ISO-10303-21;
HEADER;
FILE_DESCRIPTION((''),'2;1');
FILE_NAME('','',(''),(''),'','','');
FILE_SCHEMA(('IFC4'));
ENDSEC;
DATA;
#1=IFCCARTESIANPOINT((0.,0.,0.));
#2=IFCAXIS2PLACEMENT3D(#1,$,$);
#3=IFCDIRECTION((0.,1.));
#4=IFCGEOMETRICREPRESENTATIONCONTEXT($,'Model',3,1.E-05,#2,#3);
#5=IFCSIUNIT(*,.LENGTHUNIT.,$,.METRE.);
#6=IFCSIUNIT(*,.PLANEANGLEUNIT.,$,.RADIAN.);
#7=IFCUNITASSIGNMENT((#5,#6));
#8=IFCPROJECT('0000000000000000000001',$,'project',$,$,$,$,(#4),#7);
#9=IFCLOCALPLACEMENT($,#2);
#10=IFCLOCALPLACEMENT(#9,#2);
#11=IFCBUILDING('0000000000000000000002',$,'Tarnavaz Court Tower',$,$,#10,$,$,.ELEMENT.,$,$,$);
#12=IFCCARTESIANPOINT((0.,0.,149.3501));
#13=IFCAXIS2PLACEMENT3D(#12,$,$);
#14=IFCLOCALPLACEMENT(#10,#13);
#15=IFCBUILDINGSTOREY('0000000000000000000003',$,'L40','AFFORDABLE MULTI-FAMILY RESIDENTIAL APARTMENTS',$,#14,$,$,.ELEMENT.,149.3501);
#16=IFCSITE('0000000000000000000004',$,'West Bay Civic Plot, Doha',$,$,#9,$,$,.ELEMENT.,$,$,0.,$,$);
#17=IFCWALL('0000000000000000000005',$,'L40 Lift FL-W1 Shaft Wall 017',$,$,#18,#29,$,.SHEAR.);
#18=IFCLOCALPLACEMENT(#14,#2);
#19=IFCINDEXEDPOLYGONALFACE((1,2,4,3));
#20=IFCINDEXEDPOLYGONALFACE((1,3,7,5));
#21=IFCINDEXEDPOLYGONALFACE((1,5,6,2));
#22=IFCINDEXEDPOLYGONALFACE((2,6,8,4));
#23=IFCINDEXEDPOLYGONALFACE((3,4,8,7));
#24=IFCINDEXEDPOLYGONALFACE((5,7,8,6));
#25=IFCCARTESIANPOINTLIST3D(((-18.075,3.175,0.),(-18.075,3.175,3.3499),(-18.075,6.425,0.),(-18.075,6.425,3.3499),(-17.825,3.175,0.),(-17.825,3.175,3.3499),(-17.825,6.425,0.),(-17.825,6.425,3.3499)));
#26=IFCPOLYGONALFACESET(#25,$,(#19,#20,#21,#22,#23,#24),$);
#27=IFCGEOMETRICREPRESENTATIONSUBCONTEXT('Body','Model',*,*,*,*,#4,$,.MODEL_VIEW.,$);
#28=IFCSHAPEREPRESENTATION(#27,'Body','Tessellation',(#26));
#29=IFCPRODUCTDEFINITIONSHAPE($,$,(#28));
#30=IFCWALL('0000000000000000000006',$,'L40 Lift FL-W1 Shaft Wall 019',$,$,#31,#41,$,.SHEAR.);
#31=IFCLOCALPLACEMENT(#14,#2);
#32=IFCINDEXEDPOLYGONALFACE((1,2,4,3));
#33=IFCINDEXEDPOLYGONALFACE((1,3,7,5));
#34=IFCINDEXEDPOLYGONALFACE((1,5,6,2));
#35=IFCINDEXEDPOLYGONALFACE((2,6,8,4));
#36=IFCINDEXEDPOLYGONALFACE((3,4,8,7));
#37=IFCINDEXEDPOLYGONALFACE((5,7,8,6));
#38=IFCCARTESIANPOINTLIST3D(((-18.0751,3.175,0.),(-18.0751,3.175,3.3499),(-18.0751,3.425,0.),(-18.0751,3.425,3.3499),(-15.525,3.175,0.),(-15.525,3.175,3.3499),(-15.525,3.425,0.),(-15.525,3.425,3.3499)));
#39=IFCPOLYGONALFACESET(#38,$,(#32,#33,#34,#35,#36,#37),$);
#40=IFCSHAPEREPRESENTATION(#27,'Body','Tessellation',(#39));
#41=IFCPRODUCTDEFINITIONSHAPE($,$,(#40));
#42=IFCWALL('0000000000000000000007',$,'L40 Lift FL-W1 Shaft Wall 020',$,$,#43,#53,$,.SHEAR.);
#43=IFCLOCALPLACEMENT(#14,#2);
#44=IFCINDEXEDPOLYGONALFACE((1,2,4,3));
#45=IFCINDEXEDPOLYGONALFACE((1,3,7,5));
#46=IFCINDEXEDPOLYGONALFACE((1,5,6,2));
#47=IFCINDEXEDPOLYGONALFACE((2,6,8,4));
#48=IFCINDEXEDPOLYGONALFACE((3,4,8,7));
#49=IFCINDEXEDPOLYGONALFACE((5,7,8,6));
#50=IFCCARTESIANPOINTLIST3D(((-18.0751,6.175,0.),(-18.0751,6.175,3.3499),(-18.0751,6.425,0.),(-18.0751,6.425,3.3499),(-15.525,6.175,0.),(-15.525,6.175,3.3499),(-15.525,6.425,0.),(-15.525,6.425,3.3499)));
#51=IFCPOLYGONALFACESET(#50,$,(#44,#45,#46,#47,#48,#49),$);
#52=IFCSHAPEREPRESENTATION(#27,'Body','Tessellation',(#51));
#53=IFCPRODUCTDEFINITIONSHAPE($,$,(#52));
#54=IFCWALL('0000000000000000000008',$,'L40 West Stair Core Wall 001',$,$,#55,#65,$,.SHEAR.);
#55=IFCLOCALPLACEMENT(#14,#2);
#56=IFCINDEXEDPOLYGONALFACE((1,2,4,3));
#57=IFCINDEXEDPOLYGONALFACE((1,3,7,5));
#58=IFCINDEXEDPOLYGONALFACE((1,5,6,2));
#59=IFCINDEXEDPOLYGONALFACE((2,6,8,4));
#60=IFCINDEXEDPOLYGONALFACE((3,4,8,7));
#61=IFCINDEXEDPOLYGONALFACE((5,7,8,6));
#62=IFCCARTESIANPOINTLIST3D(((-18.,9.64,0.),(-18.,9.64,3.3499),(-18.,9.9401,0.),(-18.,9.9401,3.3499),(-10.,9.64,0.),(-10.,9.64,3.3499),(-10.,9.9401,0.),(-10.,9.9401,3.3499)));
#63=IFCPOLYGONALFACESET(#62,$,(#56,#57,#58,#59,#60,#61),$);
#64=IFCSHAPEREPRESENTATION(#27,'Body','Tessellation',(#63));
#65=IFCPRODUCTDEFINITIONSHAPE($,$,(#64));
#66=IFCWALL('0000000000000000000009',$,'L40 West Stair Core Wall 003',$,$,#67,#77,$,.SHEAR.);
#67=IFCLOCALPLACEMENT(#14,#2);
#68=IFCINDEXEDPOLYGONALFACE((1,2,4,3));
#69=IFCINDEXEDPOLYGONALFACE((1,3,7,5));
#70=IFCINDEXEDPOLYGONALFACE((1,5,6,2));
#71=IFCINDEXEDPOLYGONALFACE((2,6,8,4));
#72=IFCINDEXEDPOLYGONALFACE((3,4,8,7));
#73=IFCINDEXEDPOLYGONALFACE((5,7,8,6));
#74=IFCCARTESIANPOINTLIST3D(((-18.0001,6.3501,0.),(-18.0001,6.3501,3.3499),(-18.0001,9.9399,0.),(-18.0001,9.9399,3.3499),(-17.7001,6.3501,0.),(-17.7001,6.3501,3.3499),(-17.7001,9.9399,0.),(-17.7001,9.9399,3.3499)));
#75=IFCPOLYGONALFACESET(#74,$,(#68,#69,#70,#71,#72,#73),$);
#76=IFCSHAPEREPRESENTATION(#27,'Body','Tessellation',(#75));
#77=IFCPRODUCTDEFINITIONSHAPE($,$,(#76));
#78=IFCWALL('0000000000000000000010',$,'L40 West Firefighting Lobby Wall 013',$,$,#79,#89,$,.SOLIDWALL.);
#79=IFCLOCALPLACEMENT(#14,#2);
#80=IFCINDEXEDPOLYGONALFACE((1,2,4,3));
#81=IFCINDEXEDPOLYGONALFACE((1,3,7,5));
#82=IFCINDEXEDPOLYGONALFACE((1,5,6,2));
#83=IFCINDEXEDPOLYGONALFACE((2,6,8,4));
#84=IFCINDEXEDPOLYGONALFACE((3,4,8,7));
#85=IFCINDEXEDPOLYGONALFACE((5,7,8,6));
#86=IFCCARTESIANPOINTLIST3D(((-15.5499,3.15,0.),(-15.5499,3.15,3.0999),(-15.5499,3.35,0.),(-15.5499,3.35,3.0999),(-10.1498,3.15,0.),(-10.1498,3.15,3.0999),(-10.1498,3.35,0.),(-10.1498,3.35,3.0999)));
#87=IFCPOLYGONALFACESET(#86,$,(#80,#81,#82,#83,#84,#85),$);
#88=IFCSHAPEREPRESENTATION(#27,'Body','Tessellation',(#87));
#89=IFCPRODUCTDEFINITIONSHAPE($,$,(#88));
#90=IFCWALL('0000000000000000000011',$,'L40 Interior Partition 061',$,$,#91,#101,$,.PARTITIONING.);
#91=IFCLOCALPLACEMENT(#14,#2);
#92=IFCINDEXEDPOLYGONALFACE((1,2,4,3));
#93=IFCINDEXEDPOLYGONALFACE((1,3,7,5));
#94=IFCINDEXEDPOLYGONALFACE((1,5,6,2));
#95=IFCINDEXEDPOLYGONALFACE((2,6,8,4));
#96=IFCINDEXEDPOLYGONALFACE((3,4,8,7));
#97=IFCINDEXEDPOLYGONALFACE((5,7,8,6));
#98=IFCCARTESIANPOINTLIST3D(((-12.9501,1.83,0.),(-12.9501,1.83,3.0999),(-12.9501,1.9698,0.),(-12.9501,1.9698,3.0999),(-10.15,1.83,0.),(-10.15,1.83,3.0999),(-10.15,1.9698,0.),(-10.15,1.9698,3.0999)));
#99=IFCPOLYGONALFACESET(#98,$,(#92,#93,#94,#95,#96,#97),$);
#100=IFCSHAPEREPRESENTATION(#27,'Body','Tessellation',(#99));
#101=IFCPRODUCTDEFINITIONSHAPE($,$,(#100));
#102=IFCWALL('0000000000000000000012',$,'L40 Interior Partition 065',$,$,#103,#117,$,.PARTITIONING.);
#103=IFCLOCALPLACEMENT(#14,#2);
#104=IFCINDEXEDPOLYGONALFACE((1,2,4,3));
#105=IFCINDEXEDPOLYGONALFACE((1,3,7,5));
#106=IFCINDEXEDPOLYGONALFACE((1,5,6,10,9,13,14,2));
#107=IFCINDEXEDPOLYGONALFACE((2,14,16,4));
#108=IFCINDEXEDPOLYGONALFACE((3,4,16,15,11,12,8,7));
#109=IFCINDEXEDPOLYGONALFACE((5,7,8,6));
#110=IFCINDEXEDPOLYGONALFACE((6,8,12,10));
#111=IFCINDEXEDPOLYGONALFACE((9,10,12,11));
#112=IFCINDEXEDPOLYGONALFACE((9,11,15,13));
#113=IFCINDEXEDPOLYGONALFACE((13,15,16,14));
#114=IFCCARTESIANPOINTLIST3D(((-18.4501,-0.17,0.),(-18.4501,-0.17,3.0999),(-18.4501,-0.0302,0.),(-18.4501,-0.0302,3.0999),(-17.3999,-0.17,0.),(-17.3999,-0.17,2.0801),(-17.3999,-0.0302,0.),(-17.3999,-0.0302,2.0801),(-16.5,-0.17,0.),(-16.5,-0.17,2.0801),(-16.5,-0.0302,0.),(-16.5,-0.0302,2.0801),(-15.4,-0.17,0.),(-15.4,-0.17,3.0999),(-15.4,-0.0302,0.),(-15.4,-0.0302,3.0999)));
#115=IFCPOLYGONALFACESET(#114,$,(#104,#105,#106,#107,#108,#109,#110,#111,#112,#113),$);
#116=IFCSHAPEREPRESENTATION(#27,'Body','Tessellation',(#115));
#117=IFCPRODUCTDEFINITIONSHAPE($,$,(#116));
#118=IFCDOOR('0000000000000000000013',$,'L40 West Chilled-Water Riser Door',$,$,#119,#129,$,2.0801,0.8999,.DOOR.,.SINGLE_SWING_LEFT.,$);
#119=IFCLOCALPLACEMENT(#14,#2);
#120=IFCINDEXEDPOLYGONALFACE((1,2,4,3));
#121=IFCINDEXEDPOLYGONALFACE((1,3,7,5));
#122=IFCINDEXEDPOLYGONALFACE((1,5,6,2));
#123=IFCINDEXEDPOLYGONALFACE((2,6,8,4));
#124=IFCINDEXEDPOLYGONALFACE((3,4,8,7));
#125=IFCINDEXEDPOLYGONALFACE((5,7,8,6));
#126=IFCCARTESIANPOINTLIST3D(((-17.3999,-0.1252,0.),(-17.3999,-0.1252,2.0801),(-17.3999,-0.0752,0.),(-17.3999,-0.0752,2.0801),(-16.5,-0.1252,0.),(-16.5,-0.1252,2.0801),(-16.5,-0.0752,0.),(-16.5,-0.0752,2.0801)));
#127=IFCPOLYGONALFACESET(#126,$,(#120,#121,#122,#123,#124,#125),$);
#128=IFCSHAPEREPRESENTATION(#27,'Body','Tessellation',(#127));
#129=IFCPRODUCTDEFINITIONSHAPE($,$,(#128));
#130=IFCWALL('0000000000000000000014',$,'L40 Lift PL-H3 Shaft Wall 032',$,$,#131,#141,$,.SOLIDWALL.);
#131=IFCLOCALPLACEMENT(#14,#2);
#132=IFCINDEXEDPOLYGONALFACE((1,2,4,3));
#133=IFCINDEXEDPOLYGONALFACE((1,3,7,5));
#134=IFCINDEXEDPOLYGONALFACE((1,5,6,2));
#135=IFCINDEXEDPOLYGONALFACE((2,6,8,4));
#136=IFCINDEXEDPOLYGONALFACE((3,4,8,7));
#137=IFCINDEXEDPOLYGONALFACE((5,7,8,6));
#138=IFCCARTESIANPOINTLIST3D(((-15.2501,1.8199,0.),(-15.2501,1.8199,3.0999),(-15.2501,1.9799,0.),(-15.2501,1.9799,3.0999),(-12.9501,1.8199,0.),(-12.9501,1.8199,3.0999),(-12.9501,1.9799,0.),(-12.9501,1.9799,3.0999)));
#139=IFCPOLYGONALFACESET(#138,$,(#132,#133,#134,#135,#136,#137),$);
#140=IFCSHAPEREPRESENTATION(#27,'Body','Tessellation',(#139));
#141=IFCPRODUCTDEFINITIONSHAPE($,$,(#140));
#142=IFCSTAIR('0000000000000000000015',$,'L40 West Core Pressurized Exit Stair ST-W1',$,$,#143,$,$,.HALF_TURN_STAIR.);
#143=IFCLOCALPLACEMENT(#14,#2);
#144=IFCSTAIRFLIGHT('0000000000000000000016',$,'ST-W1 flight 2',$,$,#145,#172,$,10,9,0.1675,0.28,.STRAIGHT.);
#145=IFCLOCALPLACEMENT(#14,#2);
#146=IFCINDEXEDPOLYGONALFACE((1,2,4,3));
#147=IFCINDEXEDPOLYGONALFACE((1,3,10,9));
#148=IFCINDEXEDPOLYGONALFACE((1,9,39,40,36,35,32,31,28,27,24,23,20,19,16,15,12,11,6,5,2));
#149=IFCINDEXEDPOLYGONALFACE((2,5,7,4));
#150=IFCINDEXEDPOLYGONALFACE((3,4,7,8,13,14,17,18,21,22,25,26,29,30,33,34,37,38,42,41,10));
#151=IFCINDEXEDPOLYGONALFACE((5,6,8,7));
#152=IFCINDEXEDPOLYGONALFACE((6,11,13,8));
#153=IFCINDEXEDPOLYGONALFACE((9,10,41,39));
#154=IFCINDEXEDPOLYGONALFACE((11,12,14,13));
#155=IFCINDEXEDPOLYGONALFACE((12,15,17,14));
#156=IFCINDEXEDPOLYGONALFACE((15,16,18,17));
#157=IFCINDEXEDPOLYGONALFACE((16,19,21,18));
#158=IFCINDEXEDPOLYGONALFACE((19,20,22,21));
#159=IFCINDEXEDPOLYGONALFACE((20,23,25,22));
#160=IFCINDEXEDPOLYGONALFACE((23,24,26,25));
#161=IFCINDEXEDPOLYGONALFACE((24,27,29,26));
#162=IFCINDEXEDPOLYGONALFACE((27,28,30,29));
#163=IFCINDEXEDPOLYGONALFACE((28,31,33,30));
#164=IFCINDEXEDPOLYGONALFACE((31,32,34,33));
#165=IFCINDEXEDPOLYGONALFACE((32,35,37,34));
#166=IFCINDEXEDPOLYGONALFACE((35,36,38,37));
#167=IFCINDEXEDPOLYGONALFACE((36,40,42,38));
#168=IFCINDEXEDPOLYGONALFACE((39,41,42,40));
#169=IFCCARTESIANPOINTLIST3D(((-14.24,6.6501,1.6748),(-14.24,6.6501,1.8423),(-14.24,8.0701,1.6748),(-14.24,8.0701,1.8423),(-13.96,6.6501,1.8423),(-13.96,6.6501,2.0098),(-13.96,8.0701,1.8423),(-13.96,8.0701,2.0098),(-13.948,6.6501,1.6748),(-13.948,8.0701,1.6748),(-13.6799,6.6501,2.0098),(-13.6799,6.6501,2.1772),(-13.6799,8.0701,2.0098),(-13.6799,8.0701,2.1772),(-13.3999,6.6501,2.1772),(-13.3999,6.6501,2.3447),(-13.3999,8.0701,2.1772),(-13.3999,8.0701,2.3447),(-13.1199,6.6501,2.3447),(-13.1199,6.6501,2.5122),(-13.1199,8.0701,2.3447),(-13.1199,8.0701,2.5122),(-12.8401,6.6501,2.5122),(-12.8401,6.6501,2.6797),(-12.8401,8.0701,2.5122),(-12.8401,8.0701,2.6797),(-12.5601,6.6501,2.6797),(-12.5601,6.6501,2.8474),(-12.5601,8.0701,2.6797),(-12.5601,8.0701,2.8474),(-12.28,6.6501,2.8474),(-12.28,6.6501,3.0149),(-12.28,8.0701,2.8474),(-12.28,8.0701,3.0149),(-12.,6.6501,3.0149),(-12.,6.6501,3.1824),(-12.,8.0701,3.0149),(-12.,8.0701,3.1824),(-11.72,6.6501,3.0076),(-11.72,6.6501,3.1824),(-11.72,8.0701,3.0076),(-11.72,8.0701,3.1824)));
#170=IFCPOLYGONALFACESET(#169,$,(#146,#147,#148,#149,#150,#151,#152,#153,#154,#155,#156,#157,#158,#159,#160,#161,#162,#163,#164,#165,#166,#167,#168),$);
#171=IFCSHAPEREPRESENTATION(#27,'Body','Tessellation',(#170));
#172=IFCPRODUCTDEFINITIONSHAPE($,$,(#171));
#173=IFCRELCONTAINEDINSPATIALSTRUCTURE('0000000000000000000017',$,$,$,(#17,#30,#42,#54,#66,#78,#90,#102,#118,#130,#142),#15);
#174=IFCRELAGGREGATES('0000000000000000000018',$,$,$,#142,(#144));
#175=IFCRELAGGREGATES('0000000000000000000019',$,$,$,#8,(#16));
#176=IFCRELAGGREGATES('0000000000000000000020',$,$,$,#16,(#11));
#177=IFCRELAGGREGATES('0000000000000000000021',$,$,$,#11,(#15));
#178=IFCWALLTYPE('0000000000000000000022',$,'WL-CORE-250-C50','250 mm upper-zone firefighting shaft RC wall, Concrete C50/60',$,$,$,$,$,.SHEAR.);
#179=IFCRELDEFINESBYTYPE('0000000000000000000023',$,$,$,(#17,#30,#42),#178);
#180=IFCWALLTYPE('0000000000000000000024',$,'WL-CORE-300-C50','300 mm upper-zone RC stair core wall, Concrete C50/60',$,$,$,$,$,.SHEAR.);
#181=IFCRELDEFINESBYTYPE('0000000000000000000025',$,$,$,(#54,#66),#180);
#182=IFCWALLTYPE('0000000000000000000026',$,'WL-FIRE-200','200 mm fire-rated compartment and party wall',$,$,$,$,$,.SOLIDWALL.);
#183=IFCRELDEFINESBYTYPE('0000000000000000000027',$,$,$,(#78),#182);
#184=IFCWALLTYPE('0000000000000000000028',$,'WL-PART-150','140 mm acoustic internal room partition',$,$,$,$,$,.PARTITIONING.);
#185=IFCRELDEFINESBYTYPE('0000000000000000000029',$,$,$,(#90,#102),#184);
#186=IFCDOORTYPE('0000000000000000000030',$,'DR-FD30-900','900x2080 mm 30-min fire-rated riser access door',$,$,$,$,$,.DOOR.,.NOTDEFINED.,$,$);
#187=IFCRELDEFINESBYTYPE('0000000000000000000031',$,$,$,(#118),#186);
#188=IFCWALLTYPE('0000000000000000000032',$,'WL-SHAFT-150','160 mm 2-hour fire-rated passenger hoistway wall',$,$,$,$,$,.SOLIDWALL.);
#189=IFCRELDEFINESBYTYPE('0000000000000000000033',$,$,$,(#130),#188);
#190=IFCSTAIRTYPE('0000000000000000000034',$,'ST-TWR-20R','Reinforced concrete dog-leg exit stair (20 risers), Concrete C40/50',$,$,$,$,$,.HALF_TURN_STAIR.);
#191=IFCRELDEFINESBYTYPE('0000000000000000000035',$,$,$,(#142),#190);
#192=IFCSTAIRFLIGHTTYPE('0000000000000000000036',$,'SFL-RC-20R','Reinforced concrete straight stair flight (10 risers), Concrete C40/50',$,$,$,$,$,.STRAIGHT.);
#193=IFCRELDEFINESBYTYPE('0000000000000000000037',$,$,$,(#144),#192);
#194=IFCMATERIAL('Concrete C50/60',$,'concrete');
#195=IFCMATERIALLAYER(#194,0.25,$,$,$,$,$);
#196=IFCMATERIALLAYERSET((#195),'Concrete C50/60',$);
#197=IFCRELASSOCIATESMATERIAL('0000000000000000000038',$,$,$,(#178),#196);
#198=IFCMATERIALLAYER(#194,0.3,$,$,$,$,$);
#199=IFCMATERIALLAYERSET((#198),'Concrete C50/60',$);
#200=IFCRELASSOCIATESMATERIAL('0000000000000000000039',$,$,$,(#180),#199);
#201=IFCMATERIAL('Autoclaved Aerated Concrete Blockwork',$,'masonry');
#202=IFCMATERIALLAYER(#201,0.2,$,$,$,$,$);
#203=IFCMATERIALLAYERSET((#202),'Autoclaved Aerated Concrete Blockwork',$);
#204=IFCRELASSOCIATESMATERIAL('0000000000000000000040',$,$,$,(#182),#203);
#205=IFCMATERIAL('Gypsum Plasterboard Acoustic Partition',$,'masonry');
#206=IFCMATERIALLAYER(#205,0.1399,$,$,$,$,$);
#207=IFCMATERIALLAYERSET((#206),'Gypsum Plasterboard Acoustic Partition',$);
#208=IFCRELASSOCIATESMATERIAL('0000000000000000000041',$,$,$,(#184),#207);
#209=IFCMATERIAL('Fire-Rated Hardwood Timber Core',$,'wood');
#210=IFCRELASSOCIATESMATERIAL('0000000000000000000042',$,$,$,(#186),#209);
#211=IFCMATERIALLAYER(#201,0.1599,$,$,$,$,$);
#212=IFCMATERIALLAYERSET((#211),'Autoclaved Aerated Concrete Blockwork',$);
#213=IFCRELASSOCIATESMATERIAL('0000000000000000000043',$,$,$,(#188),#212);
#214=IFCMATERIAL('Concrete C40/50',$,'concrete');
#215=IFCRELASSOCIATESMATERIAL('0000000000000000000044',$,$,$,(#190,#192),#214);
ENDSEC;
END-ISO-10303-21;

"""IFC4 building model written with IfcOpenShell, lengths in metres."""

from ifc_helpers import new_model, si_unit, direction, frame, frame_2d, origin, place, context, subcontext, project, spatial, polyline, rectangle, outline, extrude, material, layer, layer_set, type_object, element, fill, aggregate, save


model = new_model("IFC4")

# Units and contexts
model_context = context("Model", 3, precision=1e-05, world=origin(), true_north=direction((0.0, 1.0)))
body_context = subcontext(model_context, "Body", "Model", "MODEL_VIEW")
ifc_project = project(units=[si_unit("LENGTHUNIT", "METRE"), si_unit("PLANEANGLEUNIT", "RADIAN")], contexts=[model_context])

# Site, building, storey
site_placement = place(None, origin())
site = spatial("IfcSite", under=ifc_project, at=site_placement, Name="West Bay Civic Plot, Doha", CompositionType="ELEMENT", RefElevation=0.0)
building_placement = place(site_placement, origin())
building = spatial("IfcBuilding", under=site, at=building_placement, Name="Tarnavaz Court Tower", CompositionType="ELEMENT")
storey_placement = place(building_placement, frame((0.0, 0.0, 149.3501)))
storey = spatial("IfcBuildingStorey", under=building, at=storey_placement, Name="L40", Description="AFFORDABLE MULTI-FAMILY RESIDENTIAL APARTMENTS", CompositionType="ELEMENT", Elevation=149.3501)

# Shared definitions
ifc_material_1 = material(Name="Concrete C50/60", Category="concrete")

# Wall
ifc_layer_1 = layer(ifc_material_1, 0.25)
ifc_layer_set_1 = layer_set([ifc_layer_1], Name="Concrete C50/60")
wall_type_1 = type_object("IfcWallType", Name="WL-CORE-250-C50", Description="250 mm upper-zone firefighting shaft RC wall, Concrete C50/60", PredefinedType="SHEAR", material=ifc_layer_set_1)
wall_1_placement = place(storey_placement, frame((-17.95, 3.175, 0.0), z_axis=(0.0, 0.0, 1.0), x_axis=(0.0, 1.0, 0.0)))
element("IfcWall", 1, at=wall_1_placement, inside=storey, type_object=wall_type_1, Name="L40 Lift FL-W1 Shaft Wall 017", PredefinedType="SHEAR", context=body_context, shape_type="SweptSolid", body=[
    extrude(rectangle(XDim=3.25, YDim=0.25, at=frame_2d((1.625, 0.0))), origin(), (0.0, 0.0, 1.0), 3.3499),
])

# Walls
for number, where, z_axis, x_axis, name in (
    (2, (-18.075, 3.3, 0.0), (0.0, 0.0, 1.0), (1.0, 0.0, 0.0), "L40 Lift FL-W1 Shaft Wall 019"),
    (3, (-18.075, 6.3, 0.0), (0.0, 0.0, 1.0), (1.0, 0.0, 0.0), "L40 Lift FL-W1 Shaft Wall 020"),
):
    element("IfcWall", number, at=place(storey_placement, frame(where, z_axis=z_axis, x_axis=x_axis)), inside=storey, type_object=wall_type_1, Name=name, PredefinedType="SHEAR", context=body_context, shape_type="SweptSolid", body=[
        extrude(rectangle(XDim=2.55, YDim=0.25, at=frame_2d((1.2749, 0.0))), origin(), (0.0, 0.0, 1.0), 3.3499),
    ])
ifc_layer_2 = layer(ifc_material_1, 0.3)
ifc_layer_set_2 = layer_set([ifc_layer_2], Name="Concrete C50/60")
wall_type_2 = type_object("IfcWallType", Name="WL-CORE-300-C50", Description="300 mm upper-zone RC stair core wall, Concrete C50/60", PredefinedType="SHEAR", material=ifc_layer_set_2)
wall_2_placement = place(storey_placement, frame((-18.0, 9.79, 0.0), z_axis=(0.0, 0.0, 1.0), x_axis=(1.0, 0.0, 0.0)))
element("IfcWall", 4, at=wall_2_placement, inside=storey, type_object=wall_type_2, Name="L40 West Stair Core Wall 001", PredefinedType="SHEAR", context=body_context, shape_type="SweptSolid", body=[
    extrude(rectangle(XDim=8.0, YDim=0.3, at=frame_2d((4.0, 0.0))), origin(), (0.0, 0.0, 1.0), 3.3499),
])

# Shared definitions
ifc_material_2 = material(Name="Fire-Rated Hardwood Timber Core", Category="wood")

# Walls
wall_3_placement = place(storey_placement, frame((-17.8501, 6.3501, 0.0), z_axis=(0.0, 0.0, 1.0), x_axis=(0.0, 1.0, 0.0)))
element("IfcWall", 5, at=wall_3_placement, inside=storey, type_object=wall_type_2, Name="L40 West Stair Core Wall 003", PredefinedType="SHEAR", context=body_context, shape_type="SweptSolid", body=[
    extrude(rectangle(XDim=3.5898, YDim=0.3, at=frame_2d((1.7949, 0.0))), origin(), (0.0, 0.0, 1.0), 3.3499),
])
ifc_material_3 = material(Name="Autoclaved Aerated Concrete Blockwork", Category="masonry")
ifc_layer_3 = layer(ifc_material_3, 0.2)
ifc_layer_set_3 = layer_set([ifc_layer_3], Name="Autoclaved Aerated Concrete Blockwork")
wall_type_3 = type_object("IfcWallType", Name="WL-FIRE-200", Description="200 mm fire-rated compartment and party wall", PredefinedType="SOLIDWALL", material=ifc_layer_set_3)
wall_4_placement = place(storey_placement, frame((-15.55, 3.25, 0.0), z_axis=(0.0, 0.0, 1.0), x_axis=(1.0, 0.0, 0.0)))
element("IfcWall", 6, at=wall_4_placement, inside=storey, type_object=wall_type_3, Name="L40 West Firefighting Lobby Wall 013", PredefinedType="SOLIDWALL", context=body_context, shape_type="SweptSolid", body=[
    extrude(rectangle(XDim=5.4001, YDim=0.2, at=frame_2d((2.7002, 0.0))), origin(), (0.0, 0.0, 1.0), 3.0999),
])
ifc_material_4 = material(Name="Gypsum Plasterboard Acoustic Partition", Category="masonry")
ifc_layer_4 = layer(ifc_material_4, 0.1399)
ifc_layer_set_4 = layer_set([ifc_layer_4], Name="Gypsum Plasterboard Acoustic Partition")
wall_type_4 = type_object("IfcWallType", Name="WL-PART-150", Description="140 mm acoustic internal room partition", PredefinedType="PARTITIONING", material=ifc_layer_set_4)
wall_5_placement = place(storey_placement, frame((-12.95, 1.8999, 0.0), z_axis=(0.0, 0.0, 1.0), x_axis=(1.0, 0.0, 0.0)))
element("IfcWall", 7, at=wall_5_placement, inside=storey, type_object=wall_type_4, Name="L40 Interior Partition 061", PredefinedType="PARTITIONING", context=body_context, shape_type="SweptSolid", body=[
    extrude(rectangle(XDim=2.8, YDim=0.1399, at=frame_2d((1.3999, 0.0))), origin(), (0.0, 0.0, 1.0), 3.0999),
])

# Wall, opening, door
wall_6_placement = place(storey_placement, frame((-18.45, -0.1001, 0.0), z_axis=(0.0, 0.0, 1.0), x_axis=(1.0, 0.0, 0.0)))
wall_6 = element("IfcWall", 8, at=wall_6_placement, inside=storey, type_object=wall_type_4, Name="L40 Interior Partition 065", PredefinedType="PARTITIONING", context=body_context, shape_type="SweptSolid", body=[
    extrude(rectangle(XDim=3.05, YDim=0.1399, at=frame_2d((1.5249, 0.0))), origin(), (0.0, 0.0, 1.0), 3.0999),
])
opening_1_placement = place(wall_6_placement, frame((1.05, 0.0, 0.0)))
opening_1 = element("IfcOpeningElement", 9, at=opening_1_placement, cuts=wall_6, PredefinedType="OPENING", context=body_context, shape_type="SweptSolid", body=[
    extrude(rectangle(XDim=0.8999, YDim=2.0801, at=frame_2d((0.45, 1.04))), frame((0.0, 0.0798, 0.0), z_axis=(0.0, -1.0, 0.0), x_axis=(1.0, 0.0, 0.0)), (0.0, 0.0, 1.0), 0.1599),
])
door_type_1 = type_object("IfcDoorType", Name="DR-FD30-900", Description="900x2080 mm 30-min fire-rated riser access door", OperationType="NOTDEFINED", PredefinedType="DOOR", material=ifc_material_2)
door_1_placement = place(opening_1_placement, origin())
door_1 = element("IfcDoor", 10, at=door_1_placement, inside=storey, type_object=door_type_1, Name="L40 West Chilled-Water Riser Door", OperationType="SINGLE_SWING_LEFT", OverallHeight=2.0801, OverallWidth=0.8999, PredefinedType="DOOR", context=body_context, shape_type="SweptSolid", body=[
    extrude(rectangle(XDim=0.8999, YDim=2.0801, at=frame_2d((0.45, 1.04))), frame((0.0, 0.0249, 0.0), z_axis=(0.0, -1.0, 0.0), x_axis=(1.0, 0.0, 0.0)), (0.0, 0.0, 1.0), 0.05),
])
fill(opening_1, door_1)

# Wall
ifc_layer_5 = layer(ifc_material_3, 0.1599)
ifc_layer_set_5 = layer_set([ifc_layer_5], Name="Autoclaved Aerated Concrete Blockwork")
wall_type_5 = type_object("IfcWallType", Name="WL-SHAFT-150", Description="160 mm 2-hour fire-rated passenger hoistway wall", PredefinedType="SOLIDWALL", material=ifc_layer_set_5)
wall_7_placement = place(storey_placement, frame((-15.25, 1.8999, 0.0), z_axis=(0.0, 0.0, 1.0), x_axis=(1.0, 0.0, 0.0)))
element("IfcWall", 11, at=wall_7_placement, inside=storey, type_object=wall_type_5, Name="L40 Lift PL-H3 Shaft Wall 032", PredefinedType="SOLIDWALL", context=body_context, shape_type="SweptSolid", body=[
    extrude(rectangle(XDim=2.3, YDim=0.1599, at=frame_2d((1.1499, 0.0))), origin(), (0.0, 0.0, 1.0), 3.0999),
])

# Stair, stair flight
ifc_material_5 = material(Name="Concrete C40/50", Category="concrete")
stair_type = type_object("IfcStairType", Name="ST-TWR-20R", Description="Reinforced concrete dog-leg exit stair (20 risers), Concrete C40/50", PredefinedType="HALF_TURN_STAIR", material=ifc_material_5)
stair_placement = place(storey_placement, origin())
stair = element("IfcStair", 12, at=stair_placement, inside=storey, type_object=stair_type, Name="L40 West Core Pressurized Exit Stair ST-W1", PredefinedType="HALF_TURN_STAIR")
stair_flight_type = type_object("IfcStairFlightType", Name="SFL-RC-20R", Description="Reinforced concrete straight stair flight (10 risers), Concrete C40/50", PredefinedType="STRAIGHT", material=ifc_material_5)
stair_flight_placement = place(storey_placement, frame((-14.24, 7.3601, 1.6748), z_axis=(0.0, 0.0, 1.0), x_axis=(1.0, 0.0, 0.0)))
stair_flight = element("IfcStairFlight", 13, at=stair_flight_placement, type_object=stair_flight_type, Name="ST-W1 flight 2", NumberOfRisers=10, NumberOfTreads=9, PredefinedType="STRAIGHT", RiserHeight=0.1675, TreadLength=0.28, context=body_context, shape_type="SweptSolid", body=[
    extrude(outline(polyline([(0.0, 0.0), (0.0, 0.1675), (0.28, 0.1675), (0.28, 0.335), (0.5601, 0.335), (0.5601, 0.5024), (0.8401, 0.5024), (0.8401, 0.6699), (1.1201, 0.6699), (1.1201, 0.8374), (1.3999, 0.8374), (1.3999, 1.0049), (1.6799, 1.0049), (1.6799, 1.1726), (1.96, 1.1726), (1.96, 1.3401), (2.24, 1.3401), (2.24, 1.5076), (2.52, 1.5076), (2.52, 1.675), (2.52, 1.3328), (0.292, 0.0), (0.0, 0.0)])), frame((0.0, 0.71, 0.0), z_axis=(0.0, -1.0, 0.0), x_axis=(1.0, 0.0, 0.0)), (0.0, 0.0, 1.0), 1.4199),
])
aggregate(stair, [stair_flight])

save(model, "model.ifc")
